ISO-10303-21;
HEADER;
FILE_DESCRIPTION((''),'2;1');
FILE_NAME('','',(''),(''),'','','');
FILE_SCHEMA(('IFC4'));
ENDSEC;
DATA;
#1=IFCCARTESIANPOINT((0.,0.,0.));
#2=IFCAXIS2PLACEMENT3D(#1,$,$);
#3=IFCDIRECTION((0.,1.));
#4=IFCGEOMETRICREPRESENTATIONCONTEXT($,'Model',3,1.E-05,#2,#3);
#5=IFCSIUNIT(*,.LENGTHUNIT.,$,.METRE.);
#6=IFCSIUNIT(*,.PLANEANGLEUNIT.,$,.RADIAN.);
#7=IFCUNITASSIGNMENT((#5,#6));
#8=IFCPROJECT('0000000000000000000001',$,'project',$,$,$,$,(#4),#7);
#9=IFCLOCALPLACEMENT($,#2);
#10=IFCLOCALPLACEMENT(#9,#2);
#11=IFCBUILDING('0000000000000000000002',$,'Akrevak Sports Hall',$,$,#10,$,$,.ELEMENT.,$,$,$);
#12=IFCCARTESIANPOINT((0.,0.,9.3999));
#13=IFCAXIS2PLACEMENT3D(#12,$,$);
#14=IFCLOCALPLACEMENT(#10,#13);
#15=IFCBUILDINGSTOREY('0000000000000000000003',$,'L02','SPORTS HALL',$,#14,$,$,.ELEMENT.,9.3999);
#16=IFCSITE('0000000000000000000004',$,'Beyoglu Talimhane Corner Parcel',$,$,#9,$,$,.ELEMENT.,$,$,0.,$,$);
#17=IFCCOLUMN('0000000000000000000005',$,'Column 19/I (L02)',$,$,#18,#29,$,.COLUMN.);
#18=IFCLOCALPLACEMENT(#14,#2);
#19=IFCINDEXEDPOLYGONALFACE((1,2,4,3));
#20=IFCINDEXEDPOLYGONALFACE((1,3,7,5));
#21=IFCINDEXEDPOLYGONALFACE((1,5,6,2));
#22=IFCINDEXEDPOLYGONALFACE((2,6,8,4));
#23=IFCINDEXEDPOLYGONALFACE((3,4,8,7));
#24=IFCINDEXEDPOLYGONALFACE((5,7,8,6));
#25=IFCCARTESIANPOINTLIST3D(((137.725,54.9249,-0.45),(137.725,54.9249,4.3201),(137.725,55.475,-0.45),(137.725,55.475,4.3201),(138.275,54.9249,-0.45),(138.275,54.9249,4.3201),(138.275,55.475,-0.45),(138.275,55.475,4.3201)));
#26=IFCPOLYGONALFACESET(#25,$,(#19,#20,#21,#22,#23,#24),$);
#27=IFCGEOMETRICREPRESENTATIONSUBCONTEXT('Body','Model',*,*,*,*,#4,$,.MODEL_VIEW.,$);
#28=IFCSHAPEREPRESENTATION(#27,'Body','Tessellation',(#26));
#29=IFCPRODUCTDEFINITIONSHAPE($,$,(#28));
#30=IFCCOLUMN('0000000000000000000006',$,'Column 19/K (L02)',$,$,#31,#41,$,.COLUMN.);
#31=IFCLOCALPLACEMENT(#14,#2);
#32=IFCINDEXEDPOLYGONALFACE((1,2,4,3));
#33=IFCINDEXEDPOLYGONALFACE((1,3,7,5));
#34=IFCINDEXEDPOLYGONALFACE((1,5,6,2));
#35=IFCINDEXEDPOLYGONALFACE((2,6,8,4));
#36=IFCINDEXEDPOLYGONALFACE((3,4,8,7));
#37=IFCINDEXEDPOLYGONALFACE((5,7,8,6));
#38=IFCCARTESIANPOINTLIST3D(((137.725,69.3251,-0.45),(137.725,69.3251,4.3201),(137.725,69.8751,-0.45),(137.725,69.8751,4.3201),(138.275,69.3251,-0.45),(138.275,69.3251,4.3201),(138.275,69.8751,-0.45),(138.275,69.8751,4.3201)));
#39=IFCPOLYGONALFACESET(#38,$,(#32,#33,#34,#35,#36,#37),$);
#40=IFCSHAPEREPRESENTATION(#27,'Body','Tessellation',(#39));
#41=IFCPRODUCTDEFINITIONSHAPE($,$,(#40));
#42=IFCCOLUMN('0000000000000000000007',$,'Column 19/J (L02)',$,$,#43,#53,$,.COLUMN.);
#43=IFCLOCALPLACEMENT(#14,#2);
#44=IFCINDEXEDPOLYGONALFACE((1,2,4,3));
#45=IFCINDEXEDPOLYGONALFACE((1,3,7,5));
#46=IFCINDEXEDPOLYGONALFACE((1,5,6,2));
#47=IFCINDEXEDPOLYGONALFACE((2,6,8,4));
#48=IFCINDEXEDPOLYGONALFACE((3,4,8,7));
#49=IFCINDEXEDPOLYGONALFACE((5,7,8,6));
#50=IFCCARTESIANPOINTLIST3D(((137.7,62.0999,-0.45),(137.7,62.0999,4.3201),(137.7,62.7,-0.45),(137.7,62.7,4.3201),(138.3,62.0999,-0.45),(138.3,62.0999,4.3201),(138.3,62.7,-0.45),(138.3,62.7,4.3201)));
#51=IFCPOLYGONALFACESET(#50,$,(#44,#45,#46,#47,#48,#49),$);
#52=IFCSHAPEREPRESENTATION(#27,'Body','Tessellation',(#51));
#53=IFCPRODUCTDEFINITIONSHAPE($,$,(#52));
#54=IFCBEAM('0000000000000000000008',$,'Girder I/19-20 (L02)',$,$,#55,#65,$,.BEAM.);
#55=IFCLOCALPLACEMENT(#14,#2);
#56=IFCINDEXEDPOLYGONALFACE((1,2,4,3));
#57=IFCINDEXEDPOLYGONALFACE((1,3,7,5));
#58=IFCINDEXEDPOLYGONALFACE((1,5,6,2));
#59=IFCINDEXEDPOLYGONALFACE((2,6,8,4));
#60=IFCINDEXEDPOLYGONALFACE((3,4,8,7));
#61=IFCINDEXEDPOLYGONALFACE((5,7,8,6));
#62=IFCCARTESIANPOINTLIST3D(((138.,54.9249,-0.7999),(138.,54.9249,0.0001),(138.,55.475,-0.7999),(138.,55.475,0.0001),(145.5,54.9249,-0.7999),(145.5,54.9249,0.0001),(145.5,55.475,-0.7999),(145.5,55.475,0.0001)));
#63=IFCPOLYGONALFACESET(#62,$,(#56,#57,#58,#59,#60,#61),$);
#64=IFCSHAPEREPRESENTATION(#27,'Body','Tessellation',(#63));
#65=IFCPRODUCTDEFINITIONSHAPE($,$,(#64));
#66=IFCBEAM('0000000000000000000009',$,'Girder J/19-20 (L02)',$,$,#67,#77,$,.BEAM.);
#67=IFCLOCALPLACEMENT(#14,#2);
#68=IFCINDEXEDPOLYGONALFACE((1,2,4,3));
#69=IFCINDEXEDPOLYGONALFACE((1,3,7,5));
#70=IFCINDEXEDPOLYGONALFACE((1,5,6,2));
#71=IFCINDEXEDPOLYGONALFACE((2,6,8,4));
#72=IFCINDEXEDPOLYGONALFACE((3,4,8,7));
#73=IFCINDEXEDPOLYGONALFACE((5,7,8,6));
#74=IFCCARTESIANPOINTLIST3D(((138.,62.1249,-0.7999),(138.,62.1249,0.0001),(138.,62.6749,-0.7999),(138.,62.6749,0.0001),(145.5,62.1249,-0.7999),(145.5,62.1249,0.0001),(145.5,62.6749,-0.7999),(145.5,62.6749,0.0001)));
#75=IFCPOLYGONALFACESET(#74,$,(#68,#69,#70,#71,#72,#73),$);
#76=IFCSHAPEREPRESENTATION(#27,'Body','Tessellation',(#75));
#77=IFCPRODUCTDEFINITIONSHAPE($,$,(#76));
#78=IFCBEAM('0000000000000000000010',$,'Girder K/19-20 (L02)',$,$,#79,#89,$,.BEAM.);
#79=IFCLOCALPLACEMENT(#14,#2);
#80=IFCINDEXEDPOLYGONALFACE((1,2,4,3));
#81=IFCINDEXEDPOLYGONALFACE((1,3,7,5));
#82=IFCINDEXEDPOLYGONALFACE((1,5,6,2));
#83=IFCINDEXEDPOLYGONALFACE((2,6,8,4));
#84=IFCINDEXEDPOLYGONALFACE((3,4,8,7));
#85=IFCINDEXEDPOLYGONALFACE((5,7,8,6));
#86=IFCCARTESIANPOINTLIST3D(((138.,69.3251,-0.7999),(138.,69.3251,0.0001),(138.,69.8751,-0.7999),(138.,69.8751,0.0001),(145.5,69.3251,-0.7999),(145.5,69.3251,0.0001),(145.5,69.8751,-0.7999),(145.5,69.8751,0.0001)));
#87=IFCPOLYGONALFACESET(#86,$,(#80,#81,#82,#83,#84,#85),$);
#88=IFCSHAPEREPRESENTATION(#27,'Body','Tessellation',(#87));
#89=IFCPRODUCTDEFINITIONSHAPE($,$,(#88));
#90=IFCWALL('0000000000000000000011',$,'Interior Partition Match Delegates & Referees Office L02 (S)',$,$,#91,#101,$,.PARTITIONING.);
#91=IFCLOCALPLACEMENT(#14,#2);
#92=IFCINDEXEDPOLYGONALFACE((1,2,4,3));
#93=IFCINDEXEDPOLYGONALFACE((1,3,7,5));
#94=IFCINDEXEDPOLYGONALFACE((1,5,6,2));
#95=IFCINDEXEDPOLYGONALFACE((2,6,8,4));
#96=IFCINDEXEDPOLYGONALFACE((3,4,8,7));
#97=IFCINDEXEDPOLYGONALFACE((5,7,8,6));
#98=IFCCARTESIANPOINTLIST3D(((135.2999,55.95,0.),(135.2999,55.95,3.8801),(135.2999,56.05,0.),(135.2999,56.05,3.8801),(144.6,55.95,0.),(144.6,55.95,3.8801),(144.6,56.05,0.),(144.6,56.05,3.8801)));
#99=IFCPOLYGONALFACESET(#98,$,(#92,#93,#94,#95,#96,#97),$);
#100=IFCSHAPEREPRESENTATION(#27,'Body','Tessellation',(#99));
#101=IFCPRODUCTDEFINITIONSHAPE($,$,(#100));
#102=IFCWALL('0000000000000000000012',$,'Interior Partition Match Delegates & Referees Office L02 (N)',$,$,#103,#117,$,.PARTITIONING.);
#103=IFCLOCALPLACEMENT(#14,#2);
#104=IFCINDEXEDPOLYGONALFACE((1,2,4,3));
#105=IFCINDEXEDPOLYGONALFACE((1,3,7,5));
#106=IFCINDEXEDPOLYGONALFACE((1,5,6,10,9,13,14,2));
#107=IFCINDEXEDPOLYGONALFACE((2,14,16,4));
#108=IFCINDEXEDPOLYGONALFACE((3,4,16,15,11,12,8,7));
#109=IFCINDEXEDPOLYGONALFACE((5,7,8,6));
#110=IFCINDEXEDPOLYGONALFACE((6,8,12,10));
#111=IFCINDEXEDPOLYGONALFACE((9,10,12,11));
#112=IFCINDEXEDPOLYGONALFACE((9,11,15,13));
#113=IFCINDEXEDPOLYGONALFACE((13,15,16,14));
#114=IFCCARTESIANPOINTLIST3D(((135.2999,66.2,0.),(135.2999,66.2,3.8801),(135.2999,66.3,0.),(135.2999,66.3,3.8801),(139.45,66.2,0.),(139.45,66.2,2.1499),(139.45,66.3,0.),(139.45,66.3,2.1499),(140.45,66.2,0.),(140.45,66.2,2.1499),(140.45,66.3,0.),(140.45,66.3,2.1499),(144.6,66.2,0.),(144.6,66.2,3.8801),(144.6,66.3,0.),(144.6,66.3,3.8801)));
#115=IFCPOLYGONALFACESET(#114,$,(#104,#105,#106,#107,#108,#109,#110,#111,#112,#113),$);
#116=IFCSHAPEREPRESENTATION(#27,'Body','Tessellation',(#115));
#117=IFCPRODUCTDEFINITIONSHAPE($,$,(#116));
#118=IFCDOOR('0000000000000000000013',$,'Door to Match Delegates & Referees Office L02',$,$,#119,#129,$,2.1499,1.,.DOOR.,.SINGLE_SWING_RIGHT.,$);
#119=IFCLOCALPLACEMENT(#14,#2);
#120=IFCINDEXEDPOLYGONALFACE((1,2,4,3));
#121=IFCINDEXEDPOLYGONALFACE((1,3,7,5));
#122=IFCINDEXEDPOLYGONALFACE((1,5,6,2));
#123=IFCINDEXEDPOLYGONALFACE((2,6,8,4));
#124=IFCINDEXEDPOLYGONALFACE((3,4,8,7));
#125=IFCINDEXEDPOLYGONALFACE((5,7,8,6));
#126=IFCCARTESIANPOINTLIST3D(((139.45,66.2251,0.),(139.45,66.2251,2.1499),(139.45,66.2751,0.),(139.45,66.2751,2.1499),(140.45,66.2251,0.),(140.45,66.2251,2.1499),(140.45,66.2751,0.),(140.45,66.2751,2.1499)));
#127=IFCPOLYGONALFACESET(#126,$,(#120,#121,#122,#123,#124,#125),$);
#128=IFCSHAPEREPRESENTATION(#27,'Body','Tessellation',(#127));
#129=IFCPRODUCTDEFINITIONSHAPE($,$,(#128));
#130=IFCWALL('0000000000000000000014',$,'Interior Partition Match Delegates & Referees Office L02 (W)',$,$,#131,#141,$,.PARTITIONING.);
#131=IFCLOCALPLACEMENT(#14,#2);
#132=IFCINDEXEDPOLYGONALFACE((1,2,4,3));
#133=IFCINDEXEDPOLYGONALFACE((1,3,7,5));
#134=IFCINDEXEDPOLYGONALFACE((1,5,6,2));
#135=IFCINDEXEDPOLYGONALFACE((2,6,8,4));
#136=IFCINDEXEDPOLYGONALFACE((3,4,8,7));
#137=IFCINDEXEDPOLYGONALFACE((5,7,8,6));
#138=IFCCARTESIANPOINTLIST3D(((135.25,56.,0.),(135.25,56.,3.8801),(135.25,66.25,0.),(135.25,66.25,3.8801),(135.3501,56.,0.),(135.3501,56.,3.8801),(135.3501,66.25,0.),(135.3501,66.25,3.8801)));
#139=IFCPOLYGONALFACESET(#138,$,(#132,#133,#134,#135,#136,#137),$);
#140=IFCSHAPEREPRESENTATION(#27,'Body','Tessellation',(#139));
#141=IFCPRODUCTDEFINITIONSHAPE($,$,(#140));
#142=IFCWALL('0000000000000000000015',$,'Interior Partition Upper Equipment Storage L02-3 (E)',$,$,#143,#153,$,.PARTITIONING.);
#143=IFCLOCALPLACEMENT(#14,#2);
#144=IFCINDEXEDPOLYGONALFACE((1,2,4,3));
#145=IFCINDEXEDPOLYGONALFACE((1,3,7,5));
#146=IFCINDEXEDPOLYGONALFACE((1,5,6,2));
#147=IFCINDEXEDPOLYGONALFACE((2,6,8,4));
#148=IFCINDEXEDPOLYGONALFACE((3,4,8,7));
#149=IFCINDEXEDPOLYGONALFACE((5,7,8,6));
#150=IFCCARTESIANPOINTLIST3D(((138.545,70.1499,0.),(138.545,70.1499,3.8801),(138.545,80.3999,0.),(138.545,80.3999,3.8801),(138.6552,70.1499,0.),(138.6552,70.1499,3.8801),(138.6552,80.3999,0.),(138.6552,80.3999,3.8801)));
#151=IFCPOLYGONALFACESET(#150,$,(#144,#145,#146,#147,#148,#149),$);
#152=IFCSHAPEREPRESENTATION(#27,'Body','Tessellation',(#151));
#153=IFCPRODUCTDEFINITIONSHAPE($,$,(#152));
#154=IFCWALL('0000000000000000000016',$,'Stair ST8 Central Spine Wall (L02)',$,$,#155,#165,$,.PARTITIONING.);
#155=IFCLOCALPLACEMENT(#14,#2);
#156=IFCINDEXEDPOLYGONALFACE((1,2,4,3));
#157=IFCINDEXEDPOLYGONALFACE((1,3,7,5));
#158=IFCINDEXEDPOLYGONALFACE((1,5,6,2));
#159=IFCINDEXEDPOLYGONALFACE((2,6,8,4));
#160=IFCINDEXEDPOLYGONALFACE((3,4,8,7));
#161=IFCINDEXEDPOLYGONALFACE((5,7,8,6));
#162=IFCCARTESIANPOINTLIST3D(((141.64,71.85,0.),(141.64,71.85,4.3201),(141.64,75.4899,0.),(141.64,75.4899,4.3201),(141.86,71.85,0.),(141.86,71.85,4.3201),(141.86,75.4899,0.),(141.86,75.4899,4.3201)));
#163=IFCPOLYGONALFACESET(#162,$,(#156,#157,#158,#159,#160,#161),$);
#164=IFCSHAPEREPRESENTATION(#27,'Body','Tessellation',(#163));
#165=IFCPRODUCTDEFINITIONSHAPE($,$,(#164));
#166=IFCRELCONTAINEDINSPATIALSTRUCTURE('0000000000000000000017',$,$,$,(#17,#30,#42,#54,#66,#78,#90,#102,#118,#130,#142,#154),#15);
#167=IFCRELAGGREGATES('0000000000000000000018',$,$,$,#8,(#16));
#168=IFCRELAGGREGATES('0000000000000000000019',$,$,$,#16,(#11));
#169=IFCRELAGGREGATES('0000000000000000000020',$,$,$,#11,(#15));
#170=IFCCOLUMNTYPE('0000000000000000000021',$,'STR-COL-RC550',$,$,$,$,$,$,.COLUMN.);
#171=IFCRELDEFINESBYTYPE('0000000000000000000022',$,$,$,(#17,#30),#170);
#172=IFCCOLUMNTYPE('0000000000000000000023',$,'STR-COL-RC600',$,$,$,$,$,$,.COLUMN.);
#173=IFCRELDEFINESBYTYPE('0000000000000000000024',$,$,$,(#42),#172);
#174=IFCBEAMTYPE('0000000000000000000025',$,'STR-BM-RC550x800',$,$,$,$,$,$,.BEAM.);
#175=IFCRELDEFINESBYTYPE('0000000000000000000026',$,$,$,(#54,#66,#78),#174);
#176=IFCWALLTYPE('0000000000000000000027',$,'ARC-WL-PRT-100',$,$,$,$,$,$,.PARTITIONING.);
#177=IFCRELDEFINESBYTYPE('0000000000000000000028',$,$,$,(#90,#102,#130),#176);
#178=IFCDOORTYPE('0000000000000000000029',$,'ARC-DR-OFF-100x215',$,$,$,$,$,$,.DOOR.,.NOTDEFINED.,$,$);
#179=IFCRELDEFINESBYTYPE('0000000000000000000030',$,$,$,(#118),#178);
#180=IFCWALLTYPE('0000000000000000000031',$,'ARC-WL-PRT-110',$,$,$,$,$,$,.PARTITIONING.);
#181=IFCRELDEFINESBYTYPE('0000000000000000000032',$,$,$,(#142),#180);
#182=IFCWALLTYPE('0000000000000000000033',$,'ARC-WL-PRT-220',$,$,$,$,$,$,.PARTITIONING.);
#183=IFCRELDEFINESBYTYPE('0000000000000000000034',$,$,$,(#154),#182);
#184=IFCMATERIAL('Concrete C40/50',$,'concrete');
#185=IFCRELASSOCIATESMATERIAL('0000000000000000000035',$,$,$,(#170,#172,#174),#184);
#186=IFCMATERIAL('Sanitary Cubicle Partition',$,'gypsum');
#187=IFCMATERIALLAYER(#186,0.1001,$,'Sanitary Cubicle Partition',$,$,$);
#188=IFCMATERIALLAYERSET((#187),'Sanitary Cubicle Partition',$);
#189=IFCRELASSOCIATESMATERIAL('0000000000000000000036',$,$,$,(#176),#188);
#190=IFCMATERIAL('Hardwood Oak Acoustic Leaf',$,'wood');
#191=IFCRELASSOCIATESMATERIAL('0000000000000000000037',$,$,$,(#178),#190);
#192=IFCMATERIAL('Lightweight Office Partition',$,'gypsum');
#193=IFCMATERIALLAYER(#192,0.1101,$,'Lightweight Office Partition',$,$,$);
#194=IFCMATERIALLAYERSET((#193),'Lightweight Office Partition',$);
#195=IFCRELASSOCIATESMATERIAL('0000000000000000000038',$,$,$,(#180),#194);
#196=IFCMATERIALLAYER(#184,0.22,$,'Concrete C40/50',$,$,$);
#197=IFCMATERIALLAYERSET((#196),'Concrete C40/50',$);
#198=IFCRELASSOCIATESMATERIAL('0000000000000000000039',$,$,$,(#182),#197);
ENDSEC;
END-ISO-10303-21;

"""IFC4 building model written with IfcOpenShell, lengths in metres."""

from ifc_helpers import new_model, si_unit, direction, frame, frame_2d, origin, origin_2d, place, context, subcontext, project, spatial, rectangle, extrude, material, layer, layer_set, material_profile, profile_set, type_object, element, fill, save


model = new_model("IFC4")

# Units and contexts
model_context = context("Model", 3, precision=1e-05, world=origin(), true_north=direction((0.0, 1.0)))
body_context = subcontext(model_context, "Body", "Model", "MODEL_VIEW")
ifc_project = project(units=[si_unit("LENGTHUNIT", "METRE"), si_unit("PLANEANGLEUNIT", "RADIAN")], contexts=[model_context])

# Site, building, storey
site_placement = place(None, origin())
site = spatial("IfcSite", under=ifc_project, at=site_placement, Name="Beyoglu Talimhane Corner Parcel", CompositionType="ELEMENT", RefElevation=0.0)
building_placement = place(site_placement, origin())
building = spatial("IfcBuilding", under=site, at=building_placement, Name="Akrevak Sports Hall", CompositionType="ELEMENT")
storey_placement = place(building_placement, frame((0.0, 0.0, 9.3999)))
storey = spatial("IfcBuildingStorey", under=building, at=storey_placement, Name="L02", Description="SPORTS HALL", CompositionType="ELEMENT", Elevation=9.3999)

# Columns
ifc_material_1 = material(Name="Concrete C40/50", Category="concrete")
ifc_material_profile_1 = material_profile(ifc_material_1, rectangle(XDim=0.55, YDim=0.55, at=origin_2d()), Name="RC 550x550", Category="concrete")
ifc_profile_set_1 = profile_set([ifc_material_profile_1], Name="Concrete C40/50")
column_type_1 = type_object("IfcColumnType", Name="STR-COL-RC550", PredefinedType="COLUMN", material=ifc_profile_set_1)
for number, where, z_axis, x_axis, name in (
    (1, (138.0, 55.2, -0.45), (0.0, 0.0, 1.0), (1.0, 0.0, 0.0), "Column 19/I (L02)"),
    (2, (138.0, 69.6001, -0.45), (0.0, 0.0, 1.0), (1.0, 0.0, 0.0), "Column 19/K (L02)"),
):
    element("IfcColumn", number, at=place(storey_placement, frame(where, z_axis=z_axis, x_axis=x_axis)), inside=storey, type_object=column_type_1, Name=name, PredefinedType="COLUMN", context=body_context, shape_type="SweptSolid", body=[
        extrude(rectangle(XDim=0.55, YDim=0.55, at=origin_2d()), origin(), (0.0, 0.0, 1.0), 4.77),
    ])
ifc_material_profile_2 = material_profile(ifc_material_1, rectangle(XDim=0.6001, YDim=0.6001, at=origin_2d()), Name="RC 600x600", Category="concrete")
ifc_profile_set_2 = profile_set([ifc_material_profile_2], Name="Concrete C40/50")
column_type_2 = type_object("IfcColumnType", Name="STR-COL-RC600", PredefinedType="COLUMN", material=ifc_profile_set_2)
column_placement = place(storey_placement, frame((138.0, 62.3999, -0.45), z_axis=(0.0, 0.0, 1.0), x_axis=(1.0, 0.0, 0.0)))
element("IfcColumn", 3, at=column_placement, inside=storey, type_object=column_type_2, Name="Column 19/J (L02)", PredefinedType="COLUMN", context=body_context, shape_type="SweptSolid", body=[
    extrude(rectangle(XDim=0.6001, YDim=0.6001, at=origin_2d()), origin(), (0.0, 0.0, 1.0), 4.77),
])

# Beams
ifc_material_profile_3 = material_profile(ifc_material_1, rectangle(XDim=0.55, YDim=0.8, at=origin_2d()), Name="BM 550x800", Category="concrete")
ifc_profile_set_3 = profile_set([ifc_material_profile_3], Name="Concrete C40/50")
beam_type = type_object("IfcBeamType", Name="STR-BM-RC550x800", PredefinedType="BEAM", material=ifc_profile_set_3)
for number, where, z_axis, x_axis, name in (
    (4, (138.0, 55.2, -0.3999), (1.0, 0.0, 0.0), (0.0, 1.0, 0.0), "Girder I/19-20 (L02)"),
    (5, (138.0, 62.3999, -0.3999), (1.0, 0.0, 0.0), (0.0, 1.0, 0.0), "Girder J/19-20 (L02)"),
    (6, (138.0, 69.6001, -0.3999), (1.0, 0.0, 0.0), (0.0, 1.0, 0.0), "Girder K/19-20 (L02)"),
):
    element("IfcBeam", number, at=place(storey_placement, frame(where, z_axis=z_axis, x_axis=x_axis)), inside=storey, type_object=beam_type, Name=name, PredefinedType="BEAM", context=body_context, shape_type="SweptSolid", body=[
        extrude(rectangle(XDim=0.55, YDim=0.8, at=origin_2d()), origin(), (0.0, 0.0, 1.0), 7.5),
    ])

# Wall
ifc_material_2 = material(Name="Sanitary Cubicle Partition", Category="gypsum")
ifc_layer_1 = layer(ifc_material_2, 0.1001, Name="Sanitary Cubicle Partition")
ifc_layer_set_1 = layer_set([ifc_layer_1], Name="Sanitary Cubicle Partition")
wall_type_1 = type_object("IfcWallType", Name="ARC-WL-PRT-100", PredefinedType="PARTITIONING", material=ifc_layer_set_1)
wall_1_placement = place(storey_placement, frame((135.3, 56.0, 0.0), z_axis=(0.0, 0.0, 1.0), x_axis=(1.0, 0.0, 0.0)))
element("IfcWall", 7, at=wall_1_placement, inside=storey, type_object=wall_type_1, Name="Interior Partition Match Delegates & Referees Office L02 (S)", PredefinedType="PARTITIONING", context=body_context, shape_type="SweptSolid", body=[
    extrude(rectangle(XDim=9.3, YDim=0.1001, at=frame_2d((4.6499, 0.0))), origin(), (0.0, 0.0, 1.0), 3.8801),
])

# Wall, opening, door
wall_2_placement = place(storey_placement, frame((135.3, 66.25, 0.0), z_axis=(0.0, 0.0, 1.0), x_axis=(1.0, 0.0, 0.0)))
wall_2 = element("IfcWall", 8, at=wall_2_placement, inside=storey, type_object=wall_type_1, Name="Interior Partition Match Delegates & Referees Office L02 (N)", PredefinedType="PARTITIONING", context=body_context, shape_type="SweptSolid", body=[
    extrude(rectangle(XDim=9.3, YDim=0.1001, at=frame_2d((4.6499, 0.0))), origin(), (0.0, 0.0, 1.0), 3.8801),
])
opening_1_placement = place(wall_2_placement, frame((4.1499, 0.0, 0.0)))
opening_1 = element("IfcOpeningElement", 9, at=opening_1_placement, cuts=wall_2, PredefinedType="OPENING", context=body_context, shape_type="SweptSolid", body=[
    extrude(rectangle(XDim=1.0, YDim=2.1499, at=frame_2d((0.5, 1.075))), frame((0.0, 0.062, 0.0), z_axis=(0.0, -1.0, 0.0), x_axis=(1.0, 0.0, 0.0)), (0.0, 0.0, 1.0), 0.124),
])
ifc_material_3 = material(Name="Hardwood Oak Acoustic Leaf", Category="wood")
door_type_1 = type_object("IfcDoorType", Name="ARC-DR-OFF-100x215", OperationType="NOTDEFINED", PredefinedType="DOOR", material=ifc_material_3)
door_1_placement = place(opening_1_placement, frame((1.0, 0.0, 0.0), z_axis=(0.0, 0.0, 1.0), x_axis=(-1.0, 0.0, 0.0)))
door_1 = element("IfcDoor", 10, at=door_1_placement, inside=storey, type_object=door_type_1, Name="Door to Match Delegates & Referees Office L02", OperationType="SINGLE_SWING_RIGHT", OverallHeight=2.1499, OverallWidth=1.0, PredefinedType="DOOR", context=body_context, shape_type="SweptSolid", body=[
    extrude(rectangle(XDim=1.0, YDim=2.1499, at=frame_2d((0.5, 1.075))), frame((0.0, 0.0249, 0.0), z_axis=(0.0, -1.0, 0.0), x_axis=(1.0, 0.0, 0.0)), (0.0, 0.0, 1.0), 0.05),
])
fill(opening_1, door_1)

# Walls
wall_3_placement = place(storey_placement, frame((135.3, 56.0, 0.0), z_axis=(0.0, 0.0, 1.0), x_axis=(0.0, 1.0, 0.0)))
element("IfcWall", 11, at=wall_3_placement, inside=storey, type_object=wall_type_1, Name="Interior Partition Match Delegates & Referees Office L02 (W)", PredefinedType="PARTITIONING", context=body_context, shape_type="SweptSolid", body=[
    extrude(rectangle(XDim=10.25, YDim=0.1001, at=frame_2d((5.125, 0.0))), origin(), (0.0, 0.0, 1.0), 3.8801),
])
ifc_material_4 = material(Name="Lightweight Office Partition", Category="gypsum")
ifc_layer_2 = layer(ifc_material_4, 0.1101, Name="Lightweight Office Partition")
ifc_layer_set_2 = layer_set([ifc_layer_2], Name="Lightweight Office Partition")
wall_type_2 = type_object("IfcWallType", Name="ARC-WL-PRT-110", PredefinedType="PARTITIONING", material=ifc_layer_set_2)
wall_4_placement = place(storey_placement, frame((138.6001, 70.1499, 0.0), z_axis=(0.0, 0.0, 1.0), x_axis=(0.0, 1.0, 0.0)))
element("IfcWall", 12, at=wall_4_placement, inside=storey, type_object=wall_type_2, Name="Interior Partition Upper Equipment Storage L02-3 (E)", PredefinedType="PARTITIONING", context=body_context, shape_type="SweptSolid", body=[
    extrude(rectangle(XDim=10.25, YDim=0.1101, at=frame_2d((5.125, 0.0))), origin(), (0.0, 0.0, 1.0), 3.8801),
])
ifc_layer_3 = layer(ifc_material_1, 0.22, Name="Concrete C40/50")
ifc_layer_set_3 = layer_set([ifc_layer_3], Name="Concrete C40/50")
wall_type_3 = type_object("IfcWallType", Name="ARC-WL-PRT-220", PredefinedType="PARTITIONING", material=ifc_layer_set_3)
wall_5_placement = place(storey_placement, frame((141.75, 71.8501, 0.0), z_axis=(0.0, 0.0, 1.0), x_axis=(0.0, 1.0, 0.0)))
element("IfcWall", 13, at=wall_5_placement, inside=storey, type_object=wall_type_3, Name="Stair ST8 Central Spine Wall (L02)", PredefinedType="PARTITIONING", context=body_context, shape_type="SweptSolid", body=[
    extrude(rectangle(XDim=3.6399, YDim=0.22, at=frame_2d((1.8198, 0.0))), origin(), (0.0, 0.0, 1.0), 4.3201),
])

save(model, "model.ifc")
